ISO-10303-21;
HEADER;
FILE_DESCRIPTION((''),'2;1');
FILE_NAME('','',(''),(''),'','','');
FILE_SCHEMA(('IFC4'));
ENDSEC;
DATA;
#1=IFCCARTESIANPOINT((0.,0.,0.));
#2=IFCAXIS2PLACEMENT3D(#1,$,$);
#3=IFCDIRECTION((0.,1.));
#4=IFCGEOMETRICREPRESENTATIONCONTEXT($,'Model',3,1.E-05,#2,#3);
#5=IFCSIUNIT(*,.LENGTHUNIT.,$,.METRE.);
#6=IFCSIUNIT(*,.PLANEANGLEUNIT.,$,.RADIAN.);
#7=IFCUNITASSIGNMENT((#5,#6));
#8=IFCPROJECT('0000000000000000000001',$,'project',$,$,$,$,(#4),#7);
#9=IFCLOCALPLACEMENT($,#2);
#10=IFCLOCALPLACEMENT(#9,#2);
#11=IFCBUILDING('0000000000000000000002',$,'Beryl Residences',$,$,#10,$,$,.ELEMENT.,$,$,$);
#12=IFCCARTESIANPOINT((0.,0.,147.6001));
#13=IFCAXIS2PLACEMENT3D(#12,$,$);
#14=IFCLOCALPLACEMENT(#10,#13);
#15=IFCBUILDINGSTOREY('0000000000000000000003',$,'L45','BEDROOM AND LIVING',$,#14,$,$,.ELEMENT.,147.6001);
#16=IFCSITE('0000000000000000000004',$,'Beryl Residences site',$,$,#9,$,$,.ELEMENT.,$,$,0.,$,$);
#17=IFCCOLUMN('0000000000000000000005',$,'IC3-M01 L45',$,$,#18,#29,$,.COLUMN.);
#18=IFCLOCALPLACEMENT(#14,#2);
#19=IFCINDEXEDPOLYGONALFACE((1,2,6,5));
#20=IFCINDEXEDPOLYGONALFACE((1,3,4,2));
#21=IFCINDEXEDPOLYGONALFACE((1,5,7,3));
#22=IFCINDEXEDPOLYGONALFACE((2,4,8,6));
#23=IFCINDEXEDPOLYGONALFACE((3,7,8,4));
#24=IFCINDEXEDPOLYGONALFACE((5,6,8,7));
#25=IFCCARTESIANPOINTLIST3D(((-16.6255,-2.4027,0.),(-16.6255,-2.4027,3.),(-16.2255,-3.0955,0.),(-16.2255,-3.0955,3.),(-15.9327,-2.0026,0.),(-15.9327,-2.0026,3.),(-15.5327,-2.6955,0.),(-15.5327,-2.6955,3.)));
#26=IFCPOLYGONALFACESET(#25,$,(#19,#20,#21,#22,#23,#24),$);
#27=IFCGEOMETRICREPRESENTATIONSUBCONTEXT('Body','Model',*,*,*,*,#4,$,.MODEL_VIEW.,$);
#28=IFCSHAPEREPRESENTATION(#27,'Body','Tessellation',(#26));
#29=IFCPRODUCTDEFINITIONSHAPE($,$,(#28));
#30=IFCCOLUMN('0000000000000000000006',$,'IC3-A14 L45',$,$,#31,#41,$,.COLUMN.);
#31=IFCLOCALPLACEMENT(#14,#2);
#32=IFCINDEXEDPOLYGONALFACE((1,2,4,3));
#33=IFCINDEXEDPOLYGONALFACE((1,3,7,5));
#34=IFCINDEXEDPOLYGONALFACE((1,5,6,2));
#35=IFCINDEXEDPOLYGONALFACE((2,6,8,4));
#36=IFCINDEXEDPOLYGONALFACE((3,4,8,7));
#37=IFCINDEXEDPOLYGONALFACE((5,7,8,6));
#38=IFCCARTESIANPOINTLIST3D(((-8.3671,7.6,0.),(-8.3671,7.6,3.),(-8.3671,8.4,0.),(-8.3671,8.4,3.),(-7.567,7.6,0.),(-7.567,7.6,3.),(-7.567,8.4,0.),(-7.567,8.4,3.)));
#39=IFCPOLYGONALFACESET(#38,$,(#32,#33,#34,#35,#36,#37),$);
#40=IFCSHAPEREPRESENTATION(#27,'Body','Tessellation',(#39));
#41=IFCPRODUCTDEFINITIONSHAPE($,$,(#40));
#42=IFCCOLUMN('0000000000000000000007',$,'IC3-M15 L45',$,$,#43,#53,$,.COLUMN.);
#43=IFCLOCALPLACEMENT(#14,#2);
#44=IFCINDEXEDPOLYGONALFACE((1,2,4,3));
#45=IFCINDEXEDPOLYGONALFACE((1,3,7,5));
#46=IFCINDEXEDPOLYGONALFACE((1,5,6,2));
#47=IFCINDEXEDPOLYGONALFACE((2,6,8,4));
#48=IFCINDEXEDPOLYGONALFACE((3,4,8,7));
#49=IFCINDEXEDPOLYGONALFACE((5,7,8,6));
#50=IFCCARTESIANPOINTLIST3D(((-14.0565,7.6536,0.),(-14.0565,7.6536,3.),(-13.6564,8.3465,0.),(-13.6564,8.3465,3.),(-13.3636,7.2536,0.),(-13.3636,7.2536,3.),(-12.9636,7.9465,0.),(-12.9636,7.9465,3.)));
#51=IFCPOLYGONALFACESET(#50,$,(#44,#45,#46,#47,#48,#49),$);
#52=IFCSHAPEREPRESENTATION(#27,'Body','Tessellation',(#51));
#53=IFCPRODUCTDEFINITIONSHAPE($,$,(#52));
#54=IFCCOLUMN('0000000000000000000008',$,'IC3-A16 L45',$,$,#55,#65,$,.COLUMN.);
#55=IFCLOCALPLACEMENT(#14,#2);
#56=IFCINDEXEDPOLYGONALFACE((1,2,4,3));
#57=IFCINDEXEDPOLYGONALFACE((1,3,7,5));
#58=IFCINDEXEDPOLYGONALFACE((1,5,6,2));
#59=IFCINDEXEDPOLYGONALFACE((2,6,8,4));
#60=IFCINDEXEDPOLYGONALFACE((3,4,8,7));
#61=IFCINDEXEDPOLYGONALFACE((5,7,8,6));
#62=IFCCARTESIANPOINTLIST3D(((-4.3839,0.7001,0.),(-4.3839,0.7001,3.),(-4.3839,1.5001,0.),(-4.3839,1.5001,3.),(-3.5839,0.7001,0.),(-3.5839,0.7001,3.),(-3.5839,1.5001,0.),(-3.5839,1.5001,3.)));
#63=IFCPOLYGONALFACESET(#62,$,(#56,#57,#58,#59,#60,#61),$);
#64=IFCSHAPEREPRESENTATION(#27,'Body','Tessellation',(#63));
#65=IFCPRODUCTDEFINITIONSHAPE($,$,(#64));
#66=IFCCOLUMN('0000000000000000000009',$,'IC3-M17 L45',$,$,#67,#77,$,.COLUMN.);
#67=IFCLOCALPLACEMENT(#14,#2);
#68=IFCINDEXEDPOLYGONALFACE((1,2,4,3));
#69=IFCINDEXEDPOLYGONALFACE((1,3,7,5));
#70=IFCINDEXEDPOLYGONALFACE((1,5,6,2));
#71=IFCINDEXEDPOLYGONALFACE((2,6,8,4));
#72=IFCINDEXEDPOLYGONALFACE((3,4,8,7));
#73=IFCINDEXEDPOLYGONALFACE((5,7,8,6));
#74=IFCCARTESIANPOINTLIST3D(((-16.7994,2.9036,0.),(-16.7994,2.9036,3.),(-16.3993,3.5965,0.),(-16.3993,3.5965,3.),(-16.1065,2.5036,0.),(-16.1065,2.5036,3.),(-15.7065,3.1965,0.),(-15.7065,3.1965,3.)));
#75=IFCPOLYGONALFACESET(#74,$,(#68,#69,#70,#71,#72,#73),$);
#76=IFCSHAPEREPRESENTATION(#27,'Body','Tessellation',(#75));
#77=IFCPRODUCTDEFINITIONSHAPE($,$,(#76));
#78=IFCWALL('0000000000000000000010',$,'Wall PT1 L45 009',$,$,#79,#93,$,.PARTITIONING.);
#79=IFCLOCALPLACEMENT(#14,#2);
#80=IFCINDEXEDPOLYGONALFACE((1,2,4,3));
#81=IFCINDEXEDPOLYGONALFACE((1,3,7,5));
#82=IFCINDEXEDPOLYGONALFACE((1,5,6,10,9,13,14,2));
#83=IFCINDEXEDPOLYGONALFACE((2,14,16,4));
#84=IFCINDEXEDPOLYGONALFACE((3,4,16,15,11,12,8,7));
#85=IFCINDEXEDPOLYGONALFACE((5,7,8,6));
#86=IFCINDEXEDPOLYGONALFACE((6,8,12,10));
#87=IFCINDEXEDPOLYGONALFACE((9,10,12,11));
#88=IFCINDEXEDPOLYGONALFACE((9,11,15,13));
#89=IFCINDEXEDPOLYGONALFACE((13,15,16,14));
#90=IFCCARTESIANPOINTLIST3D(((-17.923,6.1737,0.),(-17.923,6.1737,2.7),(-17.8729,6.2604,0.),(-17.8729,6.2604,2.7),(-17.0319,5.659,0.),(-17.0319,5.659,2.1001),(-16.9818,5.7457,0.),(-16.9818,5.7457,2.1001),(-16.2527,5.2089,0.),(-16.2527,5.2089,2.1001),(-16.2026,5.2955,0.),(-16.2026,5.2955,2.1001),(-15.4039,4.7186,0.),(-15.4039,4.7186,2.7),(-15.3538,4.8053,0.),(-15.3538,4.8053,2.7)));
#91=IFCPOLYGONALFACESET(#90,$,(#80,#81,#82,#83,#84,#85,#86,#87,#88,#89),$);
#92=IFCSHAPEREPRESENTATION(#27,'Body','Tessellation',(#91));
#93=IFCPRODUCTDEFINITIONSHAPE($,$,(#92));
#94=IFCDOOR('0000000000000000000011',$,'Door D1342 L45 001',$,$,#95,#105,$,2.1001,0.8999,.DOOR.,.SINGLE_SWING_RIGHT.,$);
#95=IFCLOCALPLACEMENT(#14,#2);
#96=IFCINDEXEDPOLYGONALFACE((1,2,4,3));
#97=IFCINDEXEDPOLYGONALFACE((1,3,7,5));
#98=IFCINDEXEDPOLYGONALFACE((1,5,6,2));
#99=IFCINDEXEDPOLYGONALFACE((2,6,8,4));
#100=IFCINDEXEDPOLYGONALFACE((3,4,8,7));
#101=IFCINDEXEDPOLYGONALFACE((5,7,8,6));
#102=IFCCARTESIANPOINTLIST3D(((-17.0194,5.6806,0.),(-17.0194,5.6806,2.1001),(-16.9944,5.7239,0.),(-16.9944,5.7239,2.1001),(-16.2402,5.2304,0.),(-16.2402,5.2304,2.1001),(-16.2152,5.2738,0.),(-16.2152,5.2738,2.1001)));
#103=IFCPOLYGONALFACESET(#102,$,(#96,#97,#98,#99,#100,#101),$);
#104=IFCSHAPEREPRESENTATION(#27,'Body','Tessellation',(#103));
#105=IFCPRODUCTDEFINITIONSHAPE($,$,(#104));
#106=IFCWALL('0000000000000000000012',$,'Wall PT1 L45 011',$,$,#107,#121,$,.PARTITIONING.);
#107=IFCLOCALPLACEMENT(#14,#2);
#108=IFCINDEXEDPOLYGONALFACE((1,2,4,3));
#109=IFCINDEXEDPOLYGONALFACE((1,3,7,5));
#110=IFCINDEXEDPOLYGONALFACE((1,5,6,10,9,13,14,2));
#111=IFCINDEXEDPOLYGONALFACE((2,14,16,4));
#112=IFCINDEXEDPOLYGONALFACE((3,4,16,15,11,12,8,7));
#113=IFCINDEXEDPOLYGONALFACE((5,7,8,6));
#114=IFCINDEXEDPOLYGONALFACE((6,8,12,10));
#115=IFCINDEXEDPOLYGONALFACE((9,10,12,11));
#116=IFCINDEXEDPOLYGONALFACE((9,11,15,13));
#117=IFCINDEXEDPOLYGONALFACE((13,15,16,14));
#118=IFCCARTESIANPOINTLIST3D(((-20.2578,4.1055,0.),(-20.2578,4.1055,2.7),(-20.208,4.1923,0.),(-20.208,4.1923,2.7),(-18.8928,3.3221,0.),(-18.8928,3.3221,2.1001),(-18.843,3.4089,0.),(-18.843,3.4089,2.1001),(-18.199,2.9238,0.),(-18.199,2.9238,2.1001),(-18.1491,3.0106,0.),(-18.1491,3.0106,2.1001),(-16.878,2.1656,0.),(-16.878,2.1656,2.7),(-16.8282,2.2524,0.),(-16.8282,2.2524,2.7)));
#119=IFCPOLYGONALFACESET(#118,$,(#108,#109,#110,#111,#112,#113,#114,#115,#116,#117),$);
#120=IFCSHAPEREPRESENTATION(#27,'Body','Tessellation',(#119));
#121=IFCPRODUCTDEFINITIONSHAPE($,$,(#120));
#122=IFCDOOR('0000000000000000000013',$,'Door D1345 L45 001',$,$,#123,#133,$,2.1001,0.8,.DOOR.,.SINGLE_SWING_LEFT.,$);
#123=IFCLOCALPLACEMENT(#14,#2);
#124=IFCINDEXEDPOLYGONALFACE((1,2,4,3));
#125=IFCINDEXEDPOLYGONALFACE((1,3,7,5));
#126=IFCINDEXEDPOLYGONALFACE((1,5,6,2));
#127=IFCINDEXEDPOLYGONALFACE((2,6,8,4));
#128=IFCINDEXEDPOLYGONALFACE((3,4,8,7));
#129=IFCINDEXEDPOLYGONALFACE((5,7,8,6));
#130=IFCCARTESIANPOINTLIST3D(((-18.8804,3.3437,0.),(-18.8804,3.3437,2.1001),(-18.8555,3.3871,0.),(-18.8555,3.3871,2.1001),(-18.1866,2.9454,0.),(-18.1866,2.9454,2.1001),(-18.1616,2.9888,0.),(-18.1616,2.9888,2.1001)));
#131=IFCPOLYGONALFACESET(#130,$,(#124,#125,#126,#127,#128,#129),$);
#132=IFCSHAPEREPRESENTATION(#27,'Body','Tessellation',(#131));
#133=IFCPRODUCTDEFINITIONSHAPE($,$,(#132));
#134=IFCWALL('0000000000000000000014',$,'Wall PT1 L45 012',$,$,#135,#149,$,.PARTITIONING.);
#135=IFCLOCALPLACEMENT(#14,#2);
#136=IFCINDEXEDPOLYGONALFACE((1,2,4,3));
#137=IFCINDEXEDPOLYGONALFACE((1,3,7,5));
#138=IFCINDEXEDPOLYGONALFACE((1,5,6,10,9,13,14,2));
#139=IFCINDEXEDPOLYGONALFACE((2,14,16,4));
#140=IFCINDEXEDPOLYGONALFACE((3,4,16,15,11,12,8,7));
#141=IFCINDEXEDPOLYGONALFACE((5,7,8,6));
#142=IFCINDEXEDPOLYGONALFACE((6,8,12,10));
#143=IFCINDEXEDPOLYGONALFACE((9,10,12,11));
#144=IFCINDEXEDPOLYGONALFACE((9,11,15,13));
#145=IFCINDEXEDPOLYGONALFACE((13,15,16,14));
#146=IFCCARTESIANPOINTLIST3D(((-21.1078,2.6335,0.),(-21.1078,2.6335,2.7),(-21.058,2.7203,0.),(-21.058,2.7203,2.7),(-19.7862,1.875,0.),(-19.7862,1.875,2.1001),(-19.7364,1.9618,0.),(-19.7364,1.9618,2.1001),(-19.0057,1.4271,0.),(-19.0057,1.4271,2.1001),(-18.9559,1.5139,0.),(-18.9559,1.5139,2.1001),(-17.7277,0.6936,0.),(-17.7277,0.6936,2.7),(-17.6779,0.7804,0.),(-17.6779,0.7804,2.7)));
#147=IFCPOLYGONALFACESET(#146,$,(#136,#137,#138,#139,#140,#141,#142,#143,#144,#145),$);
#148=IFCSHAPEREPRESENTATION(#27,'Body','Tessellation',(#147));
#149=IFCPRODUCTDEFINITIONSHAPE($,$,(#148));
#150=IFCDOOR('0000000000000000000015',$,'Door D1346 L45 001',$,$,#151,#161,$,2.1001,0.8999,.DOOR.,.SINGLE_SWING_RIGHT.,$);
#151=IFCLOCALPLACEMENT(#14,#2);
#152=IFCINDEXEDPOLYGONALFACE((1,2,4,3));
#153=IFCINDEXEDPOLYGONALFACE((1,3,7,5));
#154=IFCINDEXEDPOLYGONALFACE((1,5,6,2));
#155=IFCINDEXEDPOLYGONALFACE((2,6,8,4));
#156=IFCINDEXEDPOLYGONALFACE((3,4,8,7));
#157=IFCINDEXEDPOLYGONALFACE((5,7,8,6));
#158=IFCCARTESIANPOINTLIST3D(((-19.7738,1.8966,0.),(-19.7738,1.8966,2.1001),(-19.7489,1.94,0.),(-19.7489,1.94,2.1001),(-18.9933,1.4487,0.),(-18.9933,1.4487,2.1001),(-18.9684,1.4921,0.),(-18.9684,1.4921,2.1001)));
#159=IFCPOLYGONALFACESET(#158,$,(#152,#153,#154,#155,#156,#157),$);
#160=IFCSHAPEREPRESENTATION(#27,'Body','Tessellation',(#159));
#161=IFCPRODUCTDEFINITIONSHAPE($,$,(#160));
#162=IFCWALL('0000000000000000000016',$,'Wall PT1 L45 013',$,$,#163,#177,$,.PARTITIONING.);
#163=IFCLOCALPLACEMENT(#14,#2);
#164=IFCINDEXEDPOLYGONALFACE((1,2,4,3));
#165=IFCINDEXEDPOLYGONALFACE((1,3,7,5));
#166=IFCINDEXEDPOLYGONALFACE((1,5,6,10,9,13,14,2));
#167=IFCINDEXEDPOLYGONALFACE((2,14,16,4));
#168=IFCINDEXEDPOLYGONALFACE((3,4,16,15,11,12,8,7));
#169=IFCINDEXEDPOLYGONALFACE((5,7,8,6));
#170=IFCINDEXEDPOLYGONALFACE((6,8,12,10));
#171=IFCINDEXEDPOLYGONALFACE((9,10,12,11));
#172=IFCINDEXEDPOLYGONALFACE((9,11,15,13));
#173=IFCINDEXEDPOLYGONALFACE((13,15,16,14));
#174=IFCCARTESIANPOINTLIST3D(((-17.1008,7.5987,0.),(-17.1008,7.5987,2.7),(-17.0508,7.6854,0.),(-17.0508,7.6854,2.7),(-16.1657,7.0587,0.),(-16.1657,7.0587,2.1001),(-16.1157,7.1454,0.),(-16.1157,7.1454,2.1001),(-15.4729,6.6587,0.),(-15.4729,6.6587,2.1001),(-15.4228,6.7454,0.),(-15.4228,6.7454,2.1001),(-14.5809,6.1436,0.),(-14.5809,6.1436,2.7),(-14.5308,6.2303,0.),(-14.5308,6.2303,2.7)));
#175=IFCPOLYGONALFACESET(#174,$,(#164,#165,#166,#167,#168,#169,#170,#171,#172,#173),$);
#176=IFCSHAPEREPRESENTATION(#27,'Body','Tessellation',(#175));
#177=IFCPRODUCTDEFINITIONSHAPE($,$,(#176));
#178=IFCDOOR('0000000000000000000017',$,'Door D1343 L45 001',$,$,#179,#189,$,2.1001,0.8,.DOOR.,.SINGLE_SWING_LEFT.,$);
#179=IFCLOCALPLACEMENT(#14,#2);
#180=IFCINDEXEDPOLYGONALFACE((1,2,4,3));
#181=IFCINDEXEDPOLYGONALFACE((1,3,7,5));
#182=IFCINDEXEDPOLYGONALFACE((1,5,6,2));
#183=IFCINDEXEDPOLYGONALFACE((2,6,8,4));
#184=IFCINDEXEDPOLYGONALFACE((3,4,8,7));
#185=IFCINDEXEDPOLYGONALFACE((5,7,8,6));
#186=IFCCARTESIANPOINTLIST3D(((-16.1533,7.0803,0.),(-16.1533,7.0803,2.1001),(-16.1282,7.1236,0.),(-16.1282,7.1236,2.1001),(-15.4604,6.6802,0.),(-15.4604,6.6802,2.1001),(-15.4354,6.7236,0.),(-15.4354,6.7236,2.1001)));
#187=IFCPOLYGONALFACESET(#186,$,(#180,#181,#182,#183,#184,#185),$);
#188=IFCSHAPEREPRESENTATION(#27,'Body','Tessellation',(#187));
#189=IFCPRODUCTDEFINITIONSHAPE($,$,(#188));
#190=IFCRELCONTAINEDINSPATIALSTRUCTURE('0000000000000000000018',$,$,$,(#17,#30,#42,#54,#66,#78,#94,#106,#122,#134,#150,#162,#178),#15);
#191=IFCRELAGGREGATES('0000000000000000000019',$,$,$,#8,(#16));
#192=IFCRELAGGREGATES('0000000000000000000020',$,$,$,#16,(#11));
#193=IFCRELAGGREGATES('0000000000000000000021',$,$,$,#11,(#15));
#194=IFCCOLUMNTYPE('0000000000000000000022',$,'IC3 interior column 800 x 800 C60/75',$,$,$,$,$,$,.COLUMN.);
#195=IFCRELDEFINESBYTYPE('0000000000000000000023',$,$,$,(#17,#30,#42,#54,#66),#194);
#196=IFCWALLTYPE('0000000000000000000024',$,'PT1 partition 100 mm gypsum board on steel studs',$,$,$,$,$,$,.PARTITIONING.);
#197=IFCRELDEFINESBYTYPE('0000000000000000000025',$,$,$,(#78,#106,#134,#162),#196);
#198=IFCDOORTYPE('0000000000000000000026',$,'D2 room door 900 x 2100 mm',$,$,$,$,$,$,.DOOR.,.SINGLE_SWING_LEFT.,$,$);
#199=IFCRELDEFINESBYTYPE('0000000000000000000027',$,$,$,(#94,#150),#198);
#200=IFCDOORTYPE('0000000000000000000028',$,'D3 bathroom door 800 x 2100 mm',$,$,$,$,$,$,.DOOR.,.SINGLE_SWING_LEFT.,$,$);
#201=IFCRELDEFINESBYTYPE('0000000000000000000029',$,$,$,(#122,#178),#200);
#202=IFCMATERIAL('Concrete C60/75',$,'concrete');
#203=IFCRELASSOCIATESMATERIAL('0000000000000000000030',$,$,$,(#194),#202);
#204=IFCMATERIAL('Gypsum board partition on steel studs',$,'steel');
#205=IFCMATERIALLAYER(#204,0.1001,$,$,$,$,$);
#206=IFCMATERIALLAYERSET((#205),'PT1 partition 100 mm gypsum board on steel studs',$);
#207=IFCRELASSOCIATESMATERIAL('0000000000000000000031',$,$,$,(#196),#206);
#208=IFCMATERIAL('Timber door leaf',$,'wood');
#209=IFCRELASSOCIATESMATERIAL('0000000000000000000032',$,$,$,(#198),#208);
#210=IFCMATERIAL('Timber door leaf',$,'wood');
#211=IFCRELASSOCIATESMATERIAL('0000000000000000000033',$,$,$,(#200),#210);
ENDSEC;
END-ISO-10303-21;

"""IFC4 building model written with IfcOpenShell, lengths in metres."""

from ifc_helpers import new_model, si_unit, direction, frame, frame_2d, origin, origin_2d, place, context, subcontext, project, spatial, rectangle, extrude, material, layer, layer_set, material_profile, profile_set, type_object, element, fill, save


model = new_model("IFC4")

# Units and contexts
model_context = context("Model", 3, precision=1e-05, world=origin(), true_north=direction((0.0, 1.0)))
body_context = subcontext(model_context, "Body", "Model", "MODEL_VIEW")
ifc_project = project(units=[si_unit("LENGTHUNIT", "METRE"), si_unit("PLANEANGLEUNIT", "RADIAN")], contexts=[model_context])

# Site, building, storey
site_placement = place(None, origin())
site = spatial("IfcSite", under=ifc_project, at=site_placement, Name="Beryl Residences site", CompositionType="ELEMENT", RefElevation=0.0)
building_placement = place(site_placement, origin())
building = spatial("IfcBuilding", under=site, at=building_placement, Name="Beryl Residences", CompositionType="ELEMENT")
storey_placement = place(building_placement, frame((0.0, 0.0, 147.6001)))
storey = spatial("IfcBuildingStorey", under=building, at=storey_placement, Name="L45", Description="BEDROOM AND LIVING", CompositionType="ELEMENT", Elevation=147.6001)

# Columns
ifc_material_1 = material(Name="Concrete C60/75", Category="concrete")
ifc_material_profile = material_profile(ifc_material_1, rectangle(XDim=0.8, YDim=0.8, at=origin_2d()))
ifc_profile_set = profile_set([ifc_material_profile], Name="Concrete C60/75")
column_type = type_object("IfcColumnType", Name="IC3 interior column 800 x 800 C60/75", PredefinedType="COLUMN", material=ifc_profile_set)
for number, where, z_axis, x_axis, name in (
    (1, (-16.0791, -2.5491, 0.0), (0.0, 0.0, 1.0), (0.5, -0.866025, 0.0), "IC3-M01 L45"),
    (2, (-7.967, 8.0, 0.0), (0.0, 0.0, 1.0), (1.0, 0.0, 0.0), "IC3-A14 L45"),
    (3, (-13.51, 7.8, 0.0), (0.0, 0.0, 1.0), (-0.5, -0.866025, 0.0), "IC3-M15 L45"),
    (4, (-3.9839, 1.1001, 0.0), (0.0, 0.0, 1.0), (1.0, 0.0, 0.0), "IC3-A16 L45"),
    (5, (-16.2529, 3.05, 0.0), (0.0, 0.0, 1.0), (-0.5, -0.866025, 0.0), "IC3-M17 L45"),
):
    element("IfcColumn", number, at=place(storey_placement, frame(where, z_axis=z_axis, x_axis=x_axis)), inside=storey, type_object=column_type, Name=name, PredefinedType="COLUMN", context=body_context, shape_type="SweptSolid", body=[
        extrude(rectangle(XDim=0.8, YDim=0.8, at=origin_2d()), origin(), (0.0, 0.0, 1.0), 3.0),
    ])

# Walls, openings, doors
ifc_material_2 = material(Name="Gypsum board partition on steel studs", Category="steel")
ifc_layer_1 = layer(ifc_material_2, 0.1001)
ifc_layer_set_1 = layer_set([ifc_layer_1], Name="PT1 partition 100 mm gypsum board on steel studs")
wall_type_1 = type_object("IfcWallType", Name="PT1 partition 100 mm gypsum board on steel studs", PredefinedType="PARTITIONING", material=ifc_layer_set_1)
wall_1_placement = place(storey_placement, frame((-17.8979, 6.217, 0.0), z_axis=(0.0, 0.0, 1.0), x_axis=(0.86592, -0.500183, 0.0)))
wall_1 = element("IfcWall", 6, at=wall_1_placement, inside=storey, type_object=wall_type_1, Name="Wall PT1 L45 009", PredefinedType="PARTITIONING", context=body_context, shape_type="SweptSolid", body=[
    extrude(rectangle(XDim=2.9092, YDim=0.1001, at=frame_2d((1.4546, 0.0))), origin(), (0.0, 0.0, 1.0), 2.7),
])
opening_1_placement = place(wall_1_placement, frame((1.0291, 0.0, 0.0)))
opening_1 = element("IfcOpeningElement", 7, at=opening_1_placement, cuts=wall_1, PredefinedType="OPENING", context=body_context, shape_type="SweptSolid", body=[
    extrude(rectangle(XDim=0.8999, YDim=2.1001, at=frame_2d((0.45, 1.05))), frame((0.0, 0.0601, 0.0), z_axis=(0.0, -1.0, 0.0), x_axis=(1.0, 0.0, 0.0)), (0.0, 0.0, 1.0), 0.1201),
])
ifc_material_3 = material(Name="Timber door leaf", Category="wood")
door_type_1 = type_object("IfcDoorType", Name="D2 room door 900 x 2100 mm", OperationType="SINGLE_SWING_LEFT", PredefinedType="DOOR", material=ifc_material_3)
door_1_placement = place(opening_1_placement, origin())
door_1 = element("IfcDoor", 8, at=door_1_placement, inside=storey, type_object=door_type_1, Name="Door D1342 L45 001", OperationType="SINGLE_SWING_RIGHT", OverallHeight=2.1001, OverallWidth=0.8999, PredefinedType="DOOR", context=body_context, shape_type="SweptSolid", body=[
    extrude(rectangle(XDim=0.8999, YDim=2.1001, at=frame_2d((0.45, 1.05))), frame((0.0, 0.0249, 0.0), z_axis=(0.0, -1.0, 0.0), x_axis=(1.0, 0.0, 0.0)), (0.0, 0.0, 1.0), 0.05),
])
fill(opening_1, door_1)
wall_2_placement = place(storey_placement, frame((-20.2329, 4.1489, 0.0), z_axis=(0.0, 0.0, 1.0), x_axis=(0.867293, -0.497798, 0.0)))
wall_2 = element("IfcWall", 9, at=wall_2_placement, inside=storey, type_object=wall_type_1, Name="Wall PT1 L45 011", PredefinedType="PARTITIONING", context=body_context, shape_type="SweptSolid", body=[
    extrude(rectangle(XDim=3.897, YDim=0.1001, at=frame_2d((1.9485, 0.0))), origin(), (0.0, 0.0, 1.0), 2.7),
])
opening_2_placement = place(wall_2_placement, frame((1.574, 0.0, 0.0)))
opening_2 = element("IfcOpeningElement", 10, at=opening_2_placement, cuts=wall_2, PredefinedType="OPENING", context=body_context, shape_type="SweptSolid", body=[
    extrude(rectangle(XDim=0.8, YDim=2.1001, at=frame_2d((0.3999, 1.05))), frame((0.0, 0.0601, 0.0), z_axis=(0.0, -1.0, 0.0), x_axis=(1.0, 0.0, 0.0)), (0.0, 0.0, 1.0), 0.1201),
])
ifc_material_4 = material(Name="Timber door leaf", Category="wood")
door_type_2 = type_object("IfcDoorType", Name="D3 bathroom door 800 x 2100 mm", OperationType="SINGLE_SWING_LEFT", PredefinedType="DOOR", material=ifc_material_4)
door_2_placement = place(opening_2_placement, origin())
door_2 = element("IfcDoor", 11, at=door_2_placement, inside=storey, type_object=door_type_2, Name="Door D1345 L45 001", OperationType="SINGLE_SWING_LEFT", OverallHeight=2.1001, OverallWidth=0.8, PredefinedType="DOOR", context=body_context, shape_type="SweptSolid", body=[
    extrude(rectangle(XDim=0.8, YDim=2.1001, at=frame_2d((0.3999, 1.05))), frame((0.0, 0.0249, 0.0), z_axis=(0.0, -1.0, 0.0), x_axis=(1.0, 0.0, 0.0)), (0.0, 0.0, 1.0), 0.05),
])
fill(opening_2, door_2)
wall_3_placement = place(storey_placement, frame((-21.083, 2.677, 0.0), z_axis=(0.0, 0.0, 1.0), x_axis=(0.867309, -0.497771, 0.0)))
wall_3 = element("IfcWall", 12, at=wall_3_placement, inside=storey, type_object=wall_type_1, Name="Wall PT1 L45 012", PredefinedType="PARTITIONING", context=body_context, shape_type="SweptSolid", body=[
    extrude(rectangle(XDim=3.8972, YDim=0.1001, at=frame_2d((1.9487, 0.0))), origin(), (0.0, 0.0, 1.0), 2.7),
])
opening_3_placement = place(wall_3_placement, frame((1.5239, 0.0, 0.0)))
opening_3 = element("IfcOpeningElement", 13, at=opening_3_placement, cuts=wall_3, PredefinedType="OPENING", context=body_context, shape_type="SweptSolid", body=[
    extrude(rectangle(XDim=0.8999, YDim=2.1001, at=frame_2d((0.45, 1.05))), frame((0.0, 0.0601, 0.0), z_axis=(0.0, -1.0, 0.0), x_axis=(1.0, 0.0, 0.0)), (0.0, 0.0, 1.0), 0.1201),
])
door_3_placement = place(opening_3_placement, origin())
door_3 = element("IfcDoor", 14, at=door_3_placement, inside=storey, type_object=door_type_1, Name="Door D1346 L45 001", OperationType="SINGLE_SWING_RIGHT", OverallHeight=2.1001, OverallWidth=0.8999, PredefinedType="DOOR", context=body_context, shape_type="SweptSolid", body=[
    extrude(rectangle(XDim=0.8999, YDim=2.1001, at=frame_2d((0.45, 1.05))), frame((0.0, 0.0249, 0.0), z_axis=(0.0, -1.0, 0.0), x_axis=(1.0, 0.0, 0.0)), (0.0, 0.0, 1.0), 0.05),
])
fill(opening_3, door_3)
wall_4_placement = place(storey_placement, frame((-17.0759, 7.6421, 0.0), z_axis=(0.0, 0.0, 1.0), x_axis=(0.866004, -0.500037, 0.0)))
wall_4 = element("IfcWall", 15, at=wall_4_placement, inside=storey, type_object=wall_type_1, Name="Wall PT1 L45 013", PredefinedType="PARTITIONING", context=body_context, shape_type="SweptSolid", body=[
    extrude(rectangle(XDim=2.9099, YDim=0.1001, at=frame_2d((1.4551, 0.0))), origin(), (0.0, 0.0, 1.0), 2.7),
])
opening_4_placement = place(wall_4_placement, frame((1.0801, 0.0, 0.0)))
opening_4 = element("IfcOpeningElement", 16, at=opening_4_placement, cuts=wall_4, PredefinedType="OPENING", context=body_context, shape_type="SweptSolid", body=[
    extrude(rectangle(XDim=0.8, YDim=2.1001, at=frame_2d((0.3999, 1.05))), frame((0.0, 0.0601, 0.0), z_axis=(0.0, -1.0, 0.0), x_axis=(1.0, 0.0, 0.0)), (0.0, 0.0, 1.0), 0.1201),
])
door_4_placement = place(opening_4_placement, origin())
door_4 = element("IfcDoor", 17, at=door_4_placement, inside=storey, type_object=door_type_2, Name="Door D1343 L45 001", OperationType="SINGLE_SWING_LEFT", OverallHeight=2.1001, OverallWidth=0.8, PredefinedType="DOOR", context=body_context, shape_type="SweptSolid", body=[
    extrude(rectangle(XDim=0.8, YDim=2.1001, at=frame_2d((0.3999, 1.05))), frame((0.0, 0.0249, 0.0), z_axis=(0.0, -1.0, 0.0), x_axis=(1.0, 0.0, 0.0)), (0.0, 0.0, 1.0), 0.05),
])
fill(opening_4, door_4)

save(model, "model.ifc")
